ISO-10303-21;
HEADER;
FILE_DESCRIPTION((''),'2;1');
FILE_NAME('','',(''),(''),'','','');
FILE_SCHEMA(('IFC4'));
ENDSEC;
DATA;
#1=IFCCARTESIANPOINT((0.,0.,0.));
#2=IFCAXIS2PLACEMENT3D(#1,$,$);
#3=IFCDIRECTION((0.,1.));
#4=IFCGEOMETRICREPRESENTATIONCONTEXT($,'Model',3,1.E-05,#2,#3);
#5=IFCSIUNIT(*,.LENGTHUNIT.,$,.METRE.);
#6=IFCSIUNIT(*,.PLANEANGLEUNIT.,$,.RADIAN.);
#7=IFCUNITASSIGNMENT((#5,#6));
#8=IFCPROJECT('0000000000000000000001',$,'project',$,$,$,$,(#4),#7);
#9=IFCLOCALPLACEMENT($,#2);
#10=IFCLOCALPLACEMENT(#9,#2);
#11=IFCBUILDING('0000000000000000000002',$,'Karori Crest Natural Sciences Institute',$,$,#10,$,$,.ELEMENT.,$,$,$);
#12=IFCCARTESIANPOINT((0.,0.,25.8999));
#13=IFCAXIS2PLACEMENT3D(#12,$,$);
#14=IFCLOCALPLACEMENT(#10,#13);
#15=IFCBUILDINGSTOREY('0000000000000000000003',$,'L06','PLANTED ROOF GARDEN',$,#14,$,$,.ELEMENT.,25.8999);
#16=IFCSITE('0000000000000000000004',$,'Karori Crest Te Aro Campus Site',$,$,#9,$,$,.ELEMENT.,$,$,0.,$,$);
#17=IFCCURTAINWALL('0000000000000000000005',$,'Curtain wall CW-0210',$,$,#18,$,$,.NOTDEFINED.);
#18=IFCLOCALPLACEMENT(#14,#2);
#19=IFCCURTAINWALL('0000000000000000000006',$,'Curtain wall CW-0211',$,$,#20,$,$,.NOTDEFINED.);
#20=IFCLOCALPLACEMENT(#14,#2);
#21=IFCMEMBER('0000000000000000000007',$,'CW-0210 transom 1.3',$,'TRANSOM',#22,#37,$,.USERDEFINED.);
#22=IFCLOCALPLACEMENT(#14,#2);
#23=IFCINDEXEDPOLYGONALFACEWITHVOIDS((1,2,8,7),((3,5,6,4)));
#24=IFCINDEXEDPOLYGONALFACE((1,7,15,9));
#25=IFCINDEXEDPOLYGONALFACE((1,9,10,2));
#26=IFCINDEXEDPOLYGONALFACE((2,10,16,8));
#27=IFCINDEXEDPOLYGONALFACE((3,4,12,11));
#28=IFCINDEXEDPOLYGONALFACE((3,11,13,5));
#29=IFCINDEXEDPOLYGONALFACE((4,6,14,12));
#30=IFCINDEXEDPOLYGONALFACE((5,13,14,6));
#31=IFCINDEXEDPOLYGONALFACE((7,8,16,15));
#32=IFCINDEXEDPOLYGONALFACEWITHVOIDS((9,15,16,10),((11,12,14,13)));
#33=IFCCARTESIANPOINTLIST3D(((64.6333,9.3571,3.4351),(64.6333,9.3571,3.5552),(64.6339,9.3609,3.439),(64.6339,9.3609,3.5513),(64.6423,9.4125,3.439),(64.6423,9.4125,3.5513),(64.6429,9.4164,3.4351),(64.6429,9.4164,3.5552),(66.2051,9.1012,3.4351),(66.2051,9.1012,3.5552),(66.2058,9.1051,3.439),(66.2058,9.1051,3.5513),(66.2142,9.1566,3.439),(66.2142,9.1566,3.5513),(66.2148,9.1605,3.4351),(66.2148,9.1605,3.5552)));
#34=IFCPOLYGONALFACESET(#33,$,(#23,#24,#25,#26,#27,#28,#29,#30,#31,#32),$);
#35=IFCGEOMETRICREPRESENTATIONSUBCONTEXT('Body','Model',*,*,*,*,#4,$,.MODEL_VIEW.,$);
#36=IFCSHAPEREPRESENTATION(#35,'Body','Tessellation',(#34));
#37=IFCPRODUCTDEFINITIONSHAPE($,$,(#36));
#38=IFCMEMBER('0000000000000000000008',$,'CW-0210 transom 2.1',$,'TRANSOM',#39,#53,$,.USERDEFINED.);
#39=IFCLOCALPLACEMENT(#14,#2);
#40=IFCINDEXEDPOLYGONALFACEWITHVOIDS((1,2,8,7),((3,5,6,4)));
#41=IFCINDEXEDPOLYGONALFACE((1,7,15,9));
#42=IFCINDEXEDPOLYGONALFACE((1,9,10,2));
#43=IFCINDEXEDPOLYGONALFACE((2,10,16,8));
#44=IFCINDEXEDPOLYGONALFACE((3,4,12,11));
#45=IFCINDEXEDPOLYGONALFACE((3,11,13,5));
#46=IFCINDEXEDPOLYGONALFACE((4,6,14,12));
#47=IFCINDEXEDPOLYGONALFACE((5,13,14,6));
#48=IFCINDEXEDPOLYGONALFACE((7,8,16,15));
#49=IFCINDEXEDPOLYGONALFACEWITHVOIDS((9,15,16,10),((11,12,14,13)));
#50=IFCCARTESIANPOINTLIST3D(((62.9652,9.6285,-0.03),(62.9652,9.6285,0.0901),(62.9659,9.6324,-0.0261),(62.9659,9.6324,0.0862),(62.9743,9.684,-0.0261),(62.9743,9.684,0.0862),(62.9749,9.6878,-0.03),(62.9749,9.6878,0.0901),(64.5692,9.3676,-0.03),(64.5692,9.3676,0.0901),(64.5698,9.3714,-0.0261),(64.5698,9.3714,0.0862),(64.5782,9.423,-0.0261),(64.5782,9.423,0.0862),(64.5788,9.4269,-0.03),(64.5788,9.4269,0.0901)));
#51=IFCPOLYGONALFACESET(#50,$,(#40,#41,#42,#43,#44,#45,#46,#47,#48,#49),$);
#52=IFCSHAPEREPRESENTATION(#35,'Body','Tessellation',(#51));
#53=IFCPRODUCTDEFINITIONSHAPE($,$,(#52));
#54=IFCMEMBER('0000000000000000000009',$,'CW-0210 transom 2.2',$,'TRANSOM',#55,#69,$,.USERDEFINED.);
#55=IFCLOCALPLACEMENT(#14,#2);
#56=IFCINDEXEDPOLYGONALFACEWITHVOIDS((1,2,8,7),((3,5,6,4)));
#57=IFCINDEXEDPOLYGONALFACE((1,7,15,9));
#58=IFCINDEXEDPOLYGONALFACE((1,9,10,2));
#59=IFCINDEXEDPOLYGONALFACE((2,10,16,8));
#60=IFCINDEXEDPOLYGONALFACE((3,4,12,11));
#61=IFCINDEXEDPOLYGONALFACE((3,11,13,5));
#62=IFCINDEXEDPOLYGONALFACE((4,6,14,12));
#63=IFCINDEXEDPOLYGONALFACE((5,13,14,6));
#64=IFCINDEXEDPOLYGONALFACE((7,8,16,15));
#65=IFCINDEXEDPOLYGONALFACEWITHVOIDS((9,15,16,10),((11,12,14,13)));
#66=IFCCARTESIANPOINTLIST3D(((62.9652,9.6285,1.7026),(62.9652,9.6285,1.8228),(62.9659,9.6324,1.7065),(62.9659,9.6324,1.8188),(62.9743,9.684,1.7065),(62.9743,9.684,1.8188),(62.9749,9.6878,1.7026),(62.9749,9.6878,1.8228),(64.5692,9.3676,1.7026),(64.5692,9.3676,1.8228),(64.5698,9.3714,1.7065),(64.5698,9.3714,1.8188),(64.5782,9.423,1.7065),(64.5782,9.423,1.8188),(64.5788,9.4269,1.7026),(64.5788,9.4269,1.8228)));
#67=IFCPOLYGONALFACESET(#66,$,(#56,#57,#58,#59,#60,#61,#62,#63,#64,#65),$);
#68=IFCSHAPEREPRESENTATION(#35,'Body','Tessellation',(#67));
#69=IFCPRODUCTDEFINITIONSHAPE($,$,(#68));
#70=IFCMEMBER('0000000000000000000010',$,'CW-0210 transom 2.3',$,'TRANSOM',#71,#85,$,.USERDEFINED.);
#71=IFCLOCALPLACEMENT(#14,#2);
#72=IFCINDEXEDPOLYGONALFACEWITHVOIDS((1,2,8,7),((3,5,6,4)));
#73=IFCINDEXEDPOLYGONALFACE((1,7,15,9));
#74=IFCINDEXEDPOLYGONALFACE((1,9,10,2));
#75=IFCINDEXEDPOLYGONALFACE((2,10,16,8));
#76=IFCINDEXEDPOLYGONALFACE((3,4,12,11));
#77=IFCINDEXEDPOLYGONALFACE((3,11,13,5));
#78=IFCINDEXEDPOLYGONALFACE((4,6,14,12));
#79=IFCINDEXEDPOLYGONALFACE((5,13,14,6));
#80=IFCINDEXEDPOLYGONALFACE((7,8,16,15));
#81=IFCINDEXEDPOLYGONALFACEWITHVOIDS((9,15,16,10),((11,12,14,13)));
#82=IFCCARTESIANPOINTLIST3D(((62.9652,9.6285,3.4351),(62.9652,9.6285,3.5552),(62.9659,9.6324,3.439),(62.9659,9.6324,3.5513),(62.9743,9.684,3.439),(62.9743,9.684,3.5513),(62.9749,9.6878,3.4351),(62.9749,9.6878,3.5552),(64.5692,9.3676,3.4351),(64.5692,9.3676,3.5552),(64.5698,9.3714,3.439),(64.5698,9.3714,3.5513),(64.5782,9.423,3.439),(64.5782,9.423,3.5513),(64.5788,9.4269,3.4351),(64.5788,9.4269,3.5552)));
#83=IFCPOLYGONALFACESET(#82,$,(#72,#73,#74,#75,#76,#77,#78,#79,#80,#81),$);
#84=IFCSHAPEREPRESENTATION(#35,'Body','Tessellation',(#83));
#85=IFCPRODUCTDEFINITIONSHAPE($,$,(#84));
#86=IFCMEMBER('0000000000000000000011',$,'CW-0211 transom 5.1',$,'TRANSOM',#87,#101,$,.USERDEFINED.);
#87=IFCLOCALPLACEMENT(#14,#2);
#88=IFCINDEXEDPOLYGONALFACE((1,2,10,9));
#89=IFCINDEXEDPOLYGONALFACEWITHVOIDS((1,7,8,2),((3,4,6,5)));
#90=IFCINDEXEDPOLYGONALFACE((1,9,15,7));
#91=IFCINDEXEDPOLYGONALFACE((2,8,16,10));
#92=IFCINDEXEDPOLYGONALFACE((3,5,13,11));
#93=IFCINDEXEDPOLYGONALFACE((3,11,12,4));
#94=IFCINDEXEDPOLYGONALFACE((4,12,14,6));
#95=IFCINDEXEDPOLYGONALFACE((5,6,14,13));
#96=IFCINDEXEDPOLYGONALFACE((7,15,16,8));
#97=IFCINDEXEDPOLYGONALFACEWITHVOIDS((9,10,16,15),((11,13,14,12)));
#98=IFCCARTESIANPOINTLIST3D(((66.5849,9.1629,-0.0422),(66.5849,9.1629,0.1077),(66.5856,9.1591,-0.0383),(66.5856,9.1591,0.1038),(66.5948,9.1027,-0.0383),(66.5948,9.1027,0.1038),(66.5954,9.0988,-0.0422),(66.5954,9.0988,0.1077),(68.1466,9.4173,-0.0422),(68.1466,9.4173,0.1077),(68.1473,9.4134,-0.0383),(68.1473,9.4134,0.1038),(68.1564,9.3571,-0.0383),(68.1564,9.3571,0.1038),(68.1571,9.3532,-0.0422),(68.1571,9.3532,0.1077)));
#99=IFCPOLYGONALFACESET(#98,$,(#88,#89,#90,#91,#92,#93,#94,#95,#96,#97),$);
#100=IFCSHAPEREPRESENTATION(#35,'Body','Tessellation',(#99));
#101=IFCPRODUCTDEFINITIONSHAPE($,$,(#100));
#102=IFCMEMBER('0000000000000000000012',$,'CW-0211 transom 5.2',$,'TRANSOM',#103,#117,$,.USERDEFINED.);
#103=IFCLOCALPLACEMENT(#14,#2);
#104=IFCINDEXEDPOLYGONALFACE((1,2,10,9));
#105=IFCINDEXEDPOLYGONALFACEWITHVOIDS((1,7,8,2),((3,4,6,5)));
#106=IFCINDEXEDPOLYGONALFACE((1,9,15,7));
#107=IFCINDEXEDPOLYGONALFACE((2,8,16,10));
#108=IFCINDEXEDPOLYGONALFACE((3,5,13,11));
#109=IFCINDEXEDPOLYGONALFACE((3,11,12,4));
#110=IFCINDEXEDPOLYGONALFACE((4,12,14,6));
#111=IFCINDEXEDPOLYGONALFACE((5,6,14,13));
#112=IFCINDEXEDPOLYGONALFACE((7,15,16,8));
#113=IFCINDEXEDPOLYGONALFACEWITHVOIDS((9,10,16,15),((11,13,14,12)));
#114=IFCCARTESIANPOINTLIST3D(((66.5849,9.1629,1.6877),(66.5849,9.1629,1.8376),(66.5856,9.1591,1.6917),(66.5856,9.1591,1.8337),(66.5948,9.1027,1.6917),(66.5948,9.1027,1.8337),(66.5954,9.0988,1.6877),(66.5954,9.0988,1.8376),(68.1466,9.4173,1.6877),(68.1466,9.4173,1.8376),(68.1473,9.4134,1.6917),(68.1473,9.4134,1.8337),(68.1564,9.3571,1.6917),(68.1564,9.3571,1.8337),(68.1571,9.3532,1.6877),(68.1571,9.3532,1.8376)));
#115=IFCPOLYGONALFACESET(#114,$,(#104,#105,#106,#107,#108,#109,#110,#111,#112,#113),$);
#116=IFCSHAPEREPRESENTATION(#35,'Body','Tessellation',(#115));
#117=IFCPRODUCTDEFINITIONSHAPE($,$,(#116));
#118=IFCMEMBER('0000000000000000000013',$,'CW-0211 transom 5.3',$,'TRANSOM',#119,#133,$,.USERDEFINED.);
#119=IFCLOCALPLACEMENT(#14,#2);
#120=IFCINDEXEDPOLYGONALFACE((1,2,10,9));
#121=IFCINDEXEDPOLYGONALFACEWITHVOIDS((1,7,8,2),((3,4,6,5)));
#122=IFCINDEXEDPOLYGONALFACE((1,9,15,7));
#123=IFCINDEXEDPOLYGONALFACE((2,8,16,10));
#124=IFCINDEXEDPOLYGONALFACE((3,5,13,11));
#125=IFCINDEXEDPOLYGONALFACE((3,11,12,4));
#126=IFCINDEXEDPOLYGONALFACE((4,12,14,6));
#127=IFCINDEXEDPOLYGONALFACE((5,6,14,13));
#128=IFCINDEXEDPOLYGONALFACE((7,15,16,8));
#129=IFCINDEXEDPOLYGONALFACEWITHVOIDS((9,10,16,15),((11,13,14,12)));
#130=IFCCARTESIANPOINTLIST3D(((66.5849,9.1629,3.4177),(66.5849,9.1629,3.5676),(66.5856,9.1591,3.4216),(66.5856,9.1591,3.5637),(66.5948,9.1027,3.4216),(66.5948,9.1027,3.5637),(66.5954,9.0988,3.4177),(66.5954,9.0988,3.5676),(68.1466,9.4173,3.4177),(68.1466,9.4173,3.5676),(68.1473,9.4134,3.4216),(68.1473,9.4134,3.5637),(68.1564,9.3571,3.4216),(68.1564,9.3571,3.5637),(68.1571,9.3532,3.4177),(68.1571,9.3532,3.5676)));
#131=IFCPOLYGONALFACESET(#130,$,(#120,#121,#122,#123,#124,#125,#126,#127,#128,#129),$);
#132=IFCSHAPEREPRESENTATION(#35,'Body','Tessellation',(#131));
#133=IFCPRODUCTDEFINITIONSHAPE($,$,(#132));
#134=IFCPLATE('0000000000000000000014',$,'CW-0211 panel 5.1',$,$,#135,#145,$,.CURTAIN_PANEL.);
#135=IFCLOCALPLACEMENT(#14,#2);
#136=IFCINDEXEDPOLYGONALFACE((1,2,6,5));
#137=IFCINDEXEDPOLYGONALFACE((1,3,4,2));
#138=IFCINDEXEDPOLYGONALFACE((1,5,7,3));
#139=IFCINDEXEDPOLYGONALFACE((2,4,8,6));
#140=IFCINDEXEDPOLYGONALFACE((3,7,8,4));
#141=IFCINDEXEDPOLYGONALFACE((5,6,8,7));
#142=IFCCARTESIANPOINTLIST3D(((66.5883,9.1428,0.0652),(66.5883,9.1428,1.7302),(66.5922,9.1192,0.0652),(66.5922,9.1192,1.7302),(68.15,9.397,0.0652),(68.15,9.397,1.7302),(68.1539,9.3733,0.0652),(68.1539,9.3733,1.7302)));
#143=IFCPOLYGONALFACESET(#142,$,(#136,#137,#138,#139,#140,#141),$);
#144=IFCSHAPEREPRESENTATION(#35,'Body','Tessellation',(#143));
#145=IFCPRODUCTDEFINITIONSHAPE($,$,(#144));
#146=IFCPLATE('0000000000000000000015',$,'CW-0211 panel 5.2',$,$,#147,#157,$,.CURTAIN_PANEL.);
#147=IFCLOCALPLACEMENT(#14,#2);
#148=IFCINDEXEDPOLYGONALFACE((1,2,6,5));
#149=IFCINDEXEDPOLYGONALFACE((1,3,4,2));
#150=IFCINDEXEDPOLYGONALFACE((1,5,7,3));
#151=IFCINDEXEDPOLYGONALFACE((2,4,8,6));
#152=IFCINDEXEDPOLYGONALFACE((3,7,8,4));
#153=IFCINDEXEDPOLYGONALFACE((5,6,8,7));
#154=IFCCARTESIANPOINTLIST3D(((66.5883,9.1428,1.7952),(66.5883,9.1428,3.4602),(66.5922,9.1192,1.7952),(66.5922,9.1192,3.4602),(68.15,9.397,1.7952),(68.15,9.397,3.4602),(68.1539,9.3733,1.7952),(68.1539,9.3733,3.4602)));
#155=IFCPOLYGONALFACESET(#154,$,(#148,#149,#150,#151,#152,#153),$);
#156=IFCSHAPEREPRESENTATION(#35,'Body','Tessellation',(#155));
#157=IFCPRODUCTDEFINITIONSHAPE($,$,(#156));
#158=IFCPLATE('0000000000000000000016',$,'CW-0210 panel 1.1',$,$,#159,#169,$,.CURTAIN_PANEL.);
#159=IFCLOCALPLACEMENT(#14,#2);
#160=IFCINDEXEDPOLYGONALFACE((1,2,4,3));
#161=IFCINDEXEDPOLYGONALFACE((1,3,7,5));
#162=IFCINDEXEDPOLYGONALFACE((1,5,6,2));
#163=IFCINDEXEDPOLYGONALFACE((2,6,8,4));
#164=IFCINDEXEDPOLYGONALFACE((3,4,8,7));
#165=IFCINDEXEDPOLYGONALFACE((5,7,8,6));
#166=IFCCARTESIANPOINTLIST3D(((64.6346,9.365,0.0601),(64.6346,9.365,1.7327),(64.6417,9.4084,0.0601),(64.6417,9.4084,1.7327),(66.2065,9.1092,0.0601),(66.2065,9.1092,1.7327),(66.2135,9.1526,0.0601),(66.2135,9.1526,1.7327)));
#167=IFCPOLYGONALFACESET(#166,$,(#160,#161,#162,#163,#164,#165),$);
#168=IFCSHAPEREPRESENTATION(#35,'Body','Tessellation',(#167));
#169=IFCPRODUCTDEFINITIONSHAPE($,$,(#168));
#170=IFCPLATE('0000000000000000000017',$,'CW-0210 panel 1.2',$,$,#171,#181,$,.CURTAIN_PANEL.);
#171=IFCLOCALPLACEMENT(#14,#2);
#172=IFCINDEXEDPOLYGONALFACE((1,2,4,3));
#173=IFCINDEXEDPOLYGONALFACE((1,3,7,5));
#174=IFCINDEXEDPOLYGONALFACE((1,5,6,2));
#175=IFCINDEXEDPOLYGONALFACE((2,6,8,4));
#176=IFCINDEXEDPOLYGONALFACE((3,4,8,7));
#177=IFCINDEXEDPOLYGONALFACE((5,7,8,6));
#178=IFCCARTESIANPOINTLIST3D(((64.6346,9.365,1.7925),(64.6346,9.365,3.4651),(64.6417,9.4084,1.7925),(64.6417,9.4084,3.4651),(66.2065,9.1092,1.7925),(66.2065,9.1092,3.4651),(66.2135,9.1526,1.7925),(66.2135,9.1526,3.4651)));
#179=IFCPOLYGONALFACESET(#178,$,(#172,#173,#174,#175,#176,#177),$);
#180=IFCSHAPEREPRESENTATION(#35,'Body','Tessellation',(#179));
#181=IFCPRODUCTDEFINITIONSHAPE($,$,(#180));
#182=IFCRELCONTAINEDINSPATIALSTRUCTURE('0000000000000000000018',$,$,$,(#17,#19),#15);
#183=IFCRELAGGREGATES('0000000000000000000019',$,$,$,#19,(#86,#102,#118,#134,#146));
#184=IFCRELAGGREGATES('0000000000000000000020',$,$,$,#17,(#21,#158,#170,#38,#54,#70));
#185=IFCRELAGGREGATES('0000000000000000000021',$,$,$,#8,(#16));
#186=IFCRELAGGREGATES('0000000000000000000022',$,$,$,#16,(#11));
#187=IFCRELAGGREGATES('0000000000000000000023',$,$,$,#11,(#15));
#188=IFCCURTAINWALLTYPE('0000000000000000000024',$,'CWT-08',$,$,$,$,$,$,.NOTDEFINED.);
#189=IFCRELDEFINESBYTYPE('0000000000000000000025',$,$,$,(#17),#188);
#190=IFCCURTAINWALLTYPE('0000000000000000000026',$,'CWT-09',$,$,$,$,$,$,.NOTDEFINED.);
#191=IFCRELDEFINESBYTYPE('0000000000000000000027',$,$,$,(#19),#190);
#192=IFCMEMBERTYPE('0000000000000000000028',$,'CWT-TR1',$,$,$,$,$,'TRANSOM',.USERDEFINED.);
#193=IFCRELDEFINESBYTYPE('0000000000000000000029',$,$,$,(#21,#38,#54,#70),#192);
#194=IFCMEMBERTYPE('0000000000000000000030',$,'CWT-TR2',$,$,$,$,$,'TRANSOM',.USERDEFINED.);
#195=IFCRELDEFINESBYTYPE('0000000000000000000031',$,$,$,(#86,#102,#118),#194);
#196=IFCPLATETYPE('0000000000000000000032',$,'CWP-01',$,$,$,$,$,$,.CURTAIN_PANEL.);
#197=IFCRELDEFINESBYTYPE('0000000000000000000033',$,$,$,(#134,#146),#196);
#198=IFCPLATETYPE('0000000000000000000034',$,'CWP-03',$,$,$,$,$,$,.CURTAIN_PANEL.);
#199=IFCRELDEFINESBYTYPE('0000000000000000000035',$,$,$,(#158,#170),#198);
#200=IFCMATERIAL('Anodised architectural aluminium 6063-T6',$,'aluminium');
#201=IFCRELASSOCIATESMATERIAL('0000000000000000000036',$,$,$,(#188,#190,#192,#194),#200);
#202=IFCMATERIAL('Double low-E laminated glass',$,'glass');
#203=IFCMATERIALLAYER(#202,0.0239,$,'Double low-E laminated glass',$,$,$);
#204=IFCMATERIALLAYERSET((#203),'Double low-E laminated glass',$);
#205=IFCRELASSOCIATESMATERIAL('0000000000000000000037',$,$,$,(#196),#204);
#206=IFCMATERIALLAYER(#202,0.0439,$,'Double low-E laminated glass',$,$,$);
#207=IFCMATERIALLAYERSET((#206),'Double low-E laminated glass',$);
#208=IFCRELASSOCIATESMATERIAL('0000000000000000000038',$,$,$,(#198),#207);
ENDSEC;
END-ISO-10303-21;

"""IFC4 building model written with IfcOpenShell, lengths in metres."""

from ifc_helpers import new_model, si_unit, direction, frame, origin, origin_2d, place, context, subcontext, project, spatial, rectangle, hollow_rectangle, extrude, material, layer, layer_set, material_profile, profile_set, type_object, element, aggregate, save


model = new_model("IFC4")

# Units and contexts
model_context = context("Model", 3, precision=1e-05, world=origin(), true_north=direction((0.0, 1.0)))
body_context = subcontext(model_context, "Body", "Model", "MODEL_VIEW")
ifc_project = project(units=[si_unit("LENGTHUNIT", "METRE"), si_unit("PLANEANGLEUNIT", "RADIAN")], contexts=[model_context])

# Site, building, storey
site_placement = place(None, origin())
site = spatial("IfcSite", under=ifc_project, at=site_placement, Name="Karori Crest Te Aro Campus Site", CompositionType="ELEMENT", RefElevation=0.0)
building_placement = place(site_placement, origin())
building = spatial("IfcBuilding", under=site, at=building_placement, Name="Karori Crest Natural Sciences Institute", CompositionType="ELEMENT")
storey_placement = place(building_placement, frame((0.0, 0.0, 25.8999)))
storey = spatial("IfcBuildingStorey", under=building, at=storey_placement, Name="L06", Description="PLANTED ROOF GARDEN", CompositionType="ELEMENT", Elevation=25.8999)

# Curtain walls
ifc_material_1 = material(Name="Anodised architectural aluminium 6063-T6", Category="aluminium")
curtain_wall_type_1 = type_object("IfcCurtainWallType", Name="CWT-08", PredefinedType="NOTDEFINED", material=ifc_material_1)
curtain_wall_1_placement = place(storey_placement, origin())
curtain_wall_1 = element("IfcCurtainWall", 1, at=curtain_wall_1_placement, inside=storey, type_object=curtain_wall_type_1, Name="Curtain wall CW-0210", PredefinedType="NOTDEFINED")
curtain_wall_type_2 = type_object("IfcCurtainWallType", Name="CWT-09", PredefinedType="NOTDEFINED", material=ifc_material_1)
curtain_wall_2_placement = place(storey_placement, origin())
curtain_wall_2 = element("IfcCurtainWall", 2, at=curtain_wall_2_placement, inside=storey, type_object=curtain_wall_type_2, Name="Curtain wall CW-0211", PredefinedType="NOTDEFINED")

# Members
ifc_material_profile_1 = material_profile(ifc_material_1, hollow_rectangle(XDim=0.0601, YDim=0.1201, WallThickness=0.0039, at=origin_2d()), Name="CWT120x60x4")
ifc_profile_set_1 = profile_set([ifc_material_profile_1], Name="Anodised architectural aluminium 6063-T6")
member_type_1 = type_object("IfcMemberType", Name="CWT-TR1", ElementType="TRANSOM", PredefinedType="USERDEFINED", material=ifc_profile_set_1)
member_1_placement = place(storey_placement, frame((66.21, 9.1309, 3.4951), z_axis=(-0.987008, 0.160669, 0.0), x_axis=(-0.160669, -0.987008, 0.0)))
member_1 = element("IfcMember", 3, at=member_1_placement, type_object=member_type_1, Name="CW-0210 transom 1.3", ObjectType="TRANSOM", PredefinedType="USERDEFINED", context=body_context, shape_type="SweptSolid", body=[
    extrude(hollow_rectangle(XDim=0.0601, YDim=0.1201, WallThickness=0.0039, at=origin_2d()), origin(), (0.0, 0.0, 1.0), 1.5925),
])
member_2_placement = place(storey_placement, frame((64.574, 9.3972, 0.03), z_axis=(-0.98702, 0.160597, 0.0), x_axis=(-0.160597, -0.98702, 0.0)))
member_2 = element("IfcMember", 4, at=member_2_placement, type_object=member_type_1, Name="CW-0210 transom 2.1", ObjectType="TRANSOM", PredefinedType="USERDEFINED", context=body_context, shape_type="SweptSolid", body=[
    extrude(hollow_rectangle(XDim=0.0601, YDim=0.1201, WallThickness=0.0039, at=origin_2d()), origin(), (0.0, 0.0, 1.0), 1.625),
])
member_3_placement = place(storey_placement, frame((64.574, 9.3972, 1.7627), z_axis=(-0.98702, 0.160597, 0.0), x_axis=(-0.160597, -0.98702, 0.0)))
member_3 = element("IfcMember", 5, at=member_3_placement, type_object=member_type_1, Name="CW-0210 transom 2.2", ObjectType="TRANSOM", PredefinedType="USERDEFINED", context=body_context, shape_type="SweptSolid", body=[
    extrude(hollow_rectangle(XDim=0.0601, YDim=0.1201, WallThickness=0.0039, at=origin_2d()), origin(), (0.0, 0.0, 1.0), 1.625),
])
member_4_placement = place(storey_placement, frame((64.574, 9.3972, 3.4951), z_axis=(-0.98702, 0.160597, 0.0), x_axis=(-0.160597, -0.98702, 0.0)))
member_4 = element("IfcMember", 6, at=member_4_placement, type_object=member_type_1, Name="CW-0210 transom 2.3", ObjectType="TRANSOM", PredefinedType="USERDEFINED", context=body_context, shape_type="SweptSolid", body=[
    extrude(hollow_rectangle(XDim=0.0601, YDim=0.1201, WallThickness=0.0039, at=origin_2d()), origin(), (0.0, 0.0, 1.0), 1.625),
])
ifc_material_profile_2 = material_profile(ifc_material_1, hollow_rectangle(XDim=0.0649, YDim=0.1499, WallThickness=0.0039, at=origin_2d()), Name="CWT150x65x4")
ifc_profile_set_2 = profile_set([ifc_material_profile_2], Name="Anodised architectural aluminium 6063-T6")
member_type_2 = type_object("IfcMemberType", Name="CWT-TR2", ElementType="TRANSOM", PredefinedType="USERDEFINED", material=ifc_profile_set_2)
member_5_placement = place(storey_placement, frame((68.1519, 9.3853, 0.0327), z_axis=(-0.986992, -0.16077, 0.0), x_axis=(0.16077, -0.986992, 0.0)))
member_5 = element("IfcMember", 7, at=member_5_placement, type_object=member_type_2, Name="CW-0211 transom 5.1", ObjectType="TRANSOM", PredefinedType="USERDEFINED", context=body_context, shape_type="SweptSolid", body=[
    extrude(hollow_rectangle(XDim=0.0649, YDim=0.1499, WallThickness=0.0039, at=origin_2d()), origin(), (0.0, 0.0, 1.0), 1.5823),
])
member_6_placement = place(storey_placement, frame((68.1519, 9.3853, 1.7627), z_axis=(-0.986992, -0.16077, 0.0), x_axis=(0.16077, -0.986992, 0.0)))
member_6 = element("IfcMember", 8, at=member_6_placement, type_object=member_type_2, Name="CW-0211 transom 5.2", ObjectType="TRANSOM", PredefinedType="USERDEFINED", context=body_context, shape_type="SweptSolid", body=[
    extrude(hollow_rectangle(XDim=0.0649, YDim=0.1499, WallThickness=0.0039, at=origin_2d()), origin(), (0.0, 0.0, 1.0), 1.5823),
])
member_7_placement = place(storey_placement, frame((68.1519, 9.3853, 3.4927), z_axis=(-0.986992, -0.16077, 0.0), x_axis=(0.16077, -0.986992, 0.0)))
member_7 = element("IfcMember", 9, at=member_7_placement, type_object=member_type_2, Name="CW-0211 transom 5.3", ObjectType="TRANSOM", PredefinedType="USERDEFINED", context=body_context, shape_type="SweptSolid", body=[
    extrude(hollow_rectangle(XDim=0.0649, YDim=0.1499, WallThickness=0.0039, at=origin_2d()), origin(), (0.0, 0.0, 1.0), 1.5823),
])

# Plates
ifc_material_2 = material(Name="Double low-E laminated glass", Category="glass")
ifc_layer_1 = layer(ifc_material_2, 0.0239, Name="Double low-E laminated glass")
ifc_layer_set_1 = layer_set([ifc_layer_1], Name="Double low-E laminated glass")
plate_type_1 = type_object("IfcPlateType", Name="CWP-01", PredefinedType="CURTAIN_PANEL", material=ifc_layer_set_1)
plate_1_placement = place(storey_placement, frame((67.3711, 9.2581, 0.0652), z_axis=(0.0, 0.0, 1.0), x_axis=(-0.987011, -0.16065, 0.0)))
plate_1 = element("IfcPlate", 10, at=plate_1_placement, type_object=plate_type_1, Name="CW-0211 panel 5.1", PredefinedType="CURTAIN_PANEL", context=body_context, shape_type="SweptSolid", body=[
    extrude(rectangle(XDim=1.5823, YDim=0.0239, at=origin_2d()), origin(), (0.0, 0.0, 1.0), 1.665),
])
plate_2_placement = place(storey_placement, frame((67.3711, 9.2581, 1.7952), z_axis=(0.0, 0.0, 1.0), x_axis=(-0.987011, -0.16065, 0.0)))
plate_2 = element("IfcPlate", 11, at=plate_2_placement, type_object=plate_type_1, Name="CW-0211 panel 5.2", PredefinedType="CURTAIN_PANEL", context=body_context, shape_type="SweptSolid", body=[
    extrude(rectangle(XDim=1.5823, YDim=0.0239, at=origin_2d()), origin(), (0.0, 0.0, 1.0), 1.665),
])
aggregate(curtain_wall_2, [member_5, member_6, member_7, plate_1, plate_2])
ifc_layer_2 = layer(ifc_material_2, 0.0439, Name="Double low-E laminated glass")
ifc_layer_set_2 = layer_set([ifc_layer_2], Name="Double low-E laminated glass")
plate_type_2 = type_object("IfcPlateType", Name="CWP-03", PredefinedType="CURTAIN_PANEL", material=ifc_layer_set_2)
plate_3_placement = place(storey_placement, frame((65.4241, 9.2588, 0.0601), z_axis=(0.0, 0.0, 1.0), x_axis=(-0.987011, 0.160655, 0.0)))
plate_3 = element("IfcPlate", 12, at=plate_3_placement, type_object=plate_type_2, Name="CW-0210 panel 1.1", PredefinedType="CURTAIN_PANEL", context=body_context, shape_type="SweptSolid", body=[
    extrude(rectangle(XDim=1.5925, YDim=0.0439, at=origin_2d()), origin(), (0.0, 0.0, 1.0), 1.6726),
])
plate_4_placement = place(storey_placement, frame((65.4241, 9.2588, 1.7925), z_axis=(0.0, 0.0, 1.0), x_axis=(-0.987011, 0.160655, 0.0)))
plate_4 = element("IfcPlate", 13, at=plate_4_placement, type_object=plate_type_2, Name="CW-0210 panel 1.2", PredefinedType="CURTAIN_PANEL", context=body_context, shape_type="SweptSolid", body=[
    extrude(rectangle(XDim=1.5925, YDim=0.0439, at=origin_2d()), origin(), (0.0, 0.0, 1.0), 1.6726),
])
aggregate(curtain_wall_1, [member_1, plate_3, plate_4, member_2, member_3, member_4])

save(model, "model.ifc")
